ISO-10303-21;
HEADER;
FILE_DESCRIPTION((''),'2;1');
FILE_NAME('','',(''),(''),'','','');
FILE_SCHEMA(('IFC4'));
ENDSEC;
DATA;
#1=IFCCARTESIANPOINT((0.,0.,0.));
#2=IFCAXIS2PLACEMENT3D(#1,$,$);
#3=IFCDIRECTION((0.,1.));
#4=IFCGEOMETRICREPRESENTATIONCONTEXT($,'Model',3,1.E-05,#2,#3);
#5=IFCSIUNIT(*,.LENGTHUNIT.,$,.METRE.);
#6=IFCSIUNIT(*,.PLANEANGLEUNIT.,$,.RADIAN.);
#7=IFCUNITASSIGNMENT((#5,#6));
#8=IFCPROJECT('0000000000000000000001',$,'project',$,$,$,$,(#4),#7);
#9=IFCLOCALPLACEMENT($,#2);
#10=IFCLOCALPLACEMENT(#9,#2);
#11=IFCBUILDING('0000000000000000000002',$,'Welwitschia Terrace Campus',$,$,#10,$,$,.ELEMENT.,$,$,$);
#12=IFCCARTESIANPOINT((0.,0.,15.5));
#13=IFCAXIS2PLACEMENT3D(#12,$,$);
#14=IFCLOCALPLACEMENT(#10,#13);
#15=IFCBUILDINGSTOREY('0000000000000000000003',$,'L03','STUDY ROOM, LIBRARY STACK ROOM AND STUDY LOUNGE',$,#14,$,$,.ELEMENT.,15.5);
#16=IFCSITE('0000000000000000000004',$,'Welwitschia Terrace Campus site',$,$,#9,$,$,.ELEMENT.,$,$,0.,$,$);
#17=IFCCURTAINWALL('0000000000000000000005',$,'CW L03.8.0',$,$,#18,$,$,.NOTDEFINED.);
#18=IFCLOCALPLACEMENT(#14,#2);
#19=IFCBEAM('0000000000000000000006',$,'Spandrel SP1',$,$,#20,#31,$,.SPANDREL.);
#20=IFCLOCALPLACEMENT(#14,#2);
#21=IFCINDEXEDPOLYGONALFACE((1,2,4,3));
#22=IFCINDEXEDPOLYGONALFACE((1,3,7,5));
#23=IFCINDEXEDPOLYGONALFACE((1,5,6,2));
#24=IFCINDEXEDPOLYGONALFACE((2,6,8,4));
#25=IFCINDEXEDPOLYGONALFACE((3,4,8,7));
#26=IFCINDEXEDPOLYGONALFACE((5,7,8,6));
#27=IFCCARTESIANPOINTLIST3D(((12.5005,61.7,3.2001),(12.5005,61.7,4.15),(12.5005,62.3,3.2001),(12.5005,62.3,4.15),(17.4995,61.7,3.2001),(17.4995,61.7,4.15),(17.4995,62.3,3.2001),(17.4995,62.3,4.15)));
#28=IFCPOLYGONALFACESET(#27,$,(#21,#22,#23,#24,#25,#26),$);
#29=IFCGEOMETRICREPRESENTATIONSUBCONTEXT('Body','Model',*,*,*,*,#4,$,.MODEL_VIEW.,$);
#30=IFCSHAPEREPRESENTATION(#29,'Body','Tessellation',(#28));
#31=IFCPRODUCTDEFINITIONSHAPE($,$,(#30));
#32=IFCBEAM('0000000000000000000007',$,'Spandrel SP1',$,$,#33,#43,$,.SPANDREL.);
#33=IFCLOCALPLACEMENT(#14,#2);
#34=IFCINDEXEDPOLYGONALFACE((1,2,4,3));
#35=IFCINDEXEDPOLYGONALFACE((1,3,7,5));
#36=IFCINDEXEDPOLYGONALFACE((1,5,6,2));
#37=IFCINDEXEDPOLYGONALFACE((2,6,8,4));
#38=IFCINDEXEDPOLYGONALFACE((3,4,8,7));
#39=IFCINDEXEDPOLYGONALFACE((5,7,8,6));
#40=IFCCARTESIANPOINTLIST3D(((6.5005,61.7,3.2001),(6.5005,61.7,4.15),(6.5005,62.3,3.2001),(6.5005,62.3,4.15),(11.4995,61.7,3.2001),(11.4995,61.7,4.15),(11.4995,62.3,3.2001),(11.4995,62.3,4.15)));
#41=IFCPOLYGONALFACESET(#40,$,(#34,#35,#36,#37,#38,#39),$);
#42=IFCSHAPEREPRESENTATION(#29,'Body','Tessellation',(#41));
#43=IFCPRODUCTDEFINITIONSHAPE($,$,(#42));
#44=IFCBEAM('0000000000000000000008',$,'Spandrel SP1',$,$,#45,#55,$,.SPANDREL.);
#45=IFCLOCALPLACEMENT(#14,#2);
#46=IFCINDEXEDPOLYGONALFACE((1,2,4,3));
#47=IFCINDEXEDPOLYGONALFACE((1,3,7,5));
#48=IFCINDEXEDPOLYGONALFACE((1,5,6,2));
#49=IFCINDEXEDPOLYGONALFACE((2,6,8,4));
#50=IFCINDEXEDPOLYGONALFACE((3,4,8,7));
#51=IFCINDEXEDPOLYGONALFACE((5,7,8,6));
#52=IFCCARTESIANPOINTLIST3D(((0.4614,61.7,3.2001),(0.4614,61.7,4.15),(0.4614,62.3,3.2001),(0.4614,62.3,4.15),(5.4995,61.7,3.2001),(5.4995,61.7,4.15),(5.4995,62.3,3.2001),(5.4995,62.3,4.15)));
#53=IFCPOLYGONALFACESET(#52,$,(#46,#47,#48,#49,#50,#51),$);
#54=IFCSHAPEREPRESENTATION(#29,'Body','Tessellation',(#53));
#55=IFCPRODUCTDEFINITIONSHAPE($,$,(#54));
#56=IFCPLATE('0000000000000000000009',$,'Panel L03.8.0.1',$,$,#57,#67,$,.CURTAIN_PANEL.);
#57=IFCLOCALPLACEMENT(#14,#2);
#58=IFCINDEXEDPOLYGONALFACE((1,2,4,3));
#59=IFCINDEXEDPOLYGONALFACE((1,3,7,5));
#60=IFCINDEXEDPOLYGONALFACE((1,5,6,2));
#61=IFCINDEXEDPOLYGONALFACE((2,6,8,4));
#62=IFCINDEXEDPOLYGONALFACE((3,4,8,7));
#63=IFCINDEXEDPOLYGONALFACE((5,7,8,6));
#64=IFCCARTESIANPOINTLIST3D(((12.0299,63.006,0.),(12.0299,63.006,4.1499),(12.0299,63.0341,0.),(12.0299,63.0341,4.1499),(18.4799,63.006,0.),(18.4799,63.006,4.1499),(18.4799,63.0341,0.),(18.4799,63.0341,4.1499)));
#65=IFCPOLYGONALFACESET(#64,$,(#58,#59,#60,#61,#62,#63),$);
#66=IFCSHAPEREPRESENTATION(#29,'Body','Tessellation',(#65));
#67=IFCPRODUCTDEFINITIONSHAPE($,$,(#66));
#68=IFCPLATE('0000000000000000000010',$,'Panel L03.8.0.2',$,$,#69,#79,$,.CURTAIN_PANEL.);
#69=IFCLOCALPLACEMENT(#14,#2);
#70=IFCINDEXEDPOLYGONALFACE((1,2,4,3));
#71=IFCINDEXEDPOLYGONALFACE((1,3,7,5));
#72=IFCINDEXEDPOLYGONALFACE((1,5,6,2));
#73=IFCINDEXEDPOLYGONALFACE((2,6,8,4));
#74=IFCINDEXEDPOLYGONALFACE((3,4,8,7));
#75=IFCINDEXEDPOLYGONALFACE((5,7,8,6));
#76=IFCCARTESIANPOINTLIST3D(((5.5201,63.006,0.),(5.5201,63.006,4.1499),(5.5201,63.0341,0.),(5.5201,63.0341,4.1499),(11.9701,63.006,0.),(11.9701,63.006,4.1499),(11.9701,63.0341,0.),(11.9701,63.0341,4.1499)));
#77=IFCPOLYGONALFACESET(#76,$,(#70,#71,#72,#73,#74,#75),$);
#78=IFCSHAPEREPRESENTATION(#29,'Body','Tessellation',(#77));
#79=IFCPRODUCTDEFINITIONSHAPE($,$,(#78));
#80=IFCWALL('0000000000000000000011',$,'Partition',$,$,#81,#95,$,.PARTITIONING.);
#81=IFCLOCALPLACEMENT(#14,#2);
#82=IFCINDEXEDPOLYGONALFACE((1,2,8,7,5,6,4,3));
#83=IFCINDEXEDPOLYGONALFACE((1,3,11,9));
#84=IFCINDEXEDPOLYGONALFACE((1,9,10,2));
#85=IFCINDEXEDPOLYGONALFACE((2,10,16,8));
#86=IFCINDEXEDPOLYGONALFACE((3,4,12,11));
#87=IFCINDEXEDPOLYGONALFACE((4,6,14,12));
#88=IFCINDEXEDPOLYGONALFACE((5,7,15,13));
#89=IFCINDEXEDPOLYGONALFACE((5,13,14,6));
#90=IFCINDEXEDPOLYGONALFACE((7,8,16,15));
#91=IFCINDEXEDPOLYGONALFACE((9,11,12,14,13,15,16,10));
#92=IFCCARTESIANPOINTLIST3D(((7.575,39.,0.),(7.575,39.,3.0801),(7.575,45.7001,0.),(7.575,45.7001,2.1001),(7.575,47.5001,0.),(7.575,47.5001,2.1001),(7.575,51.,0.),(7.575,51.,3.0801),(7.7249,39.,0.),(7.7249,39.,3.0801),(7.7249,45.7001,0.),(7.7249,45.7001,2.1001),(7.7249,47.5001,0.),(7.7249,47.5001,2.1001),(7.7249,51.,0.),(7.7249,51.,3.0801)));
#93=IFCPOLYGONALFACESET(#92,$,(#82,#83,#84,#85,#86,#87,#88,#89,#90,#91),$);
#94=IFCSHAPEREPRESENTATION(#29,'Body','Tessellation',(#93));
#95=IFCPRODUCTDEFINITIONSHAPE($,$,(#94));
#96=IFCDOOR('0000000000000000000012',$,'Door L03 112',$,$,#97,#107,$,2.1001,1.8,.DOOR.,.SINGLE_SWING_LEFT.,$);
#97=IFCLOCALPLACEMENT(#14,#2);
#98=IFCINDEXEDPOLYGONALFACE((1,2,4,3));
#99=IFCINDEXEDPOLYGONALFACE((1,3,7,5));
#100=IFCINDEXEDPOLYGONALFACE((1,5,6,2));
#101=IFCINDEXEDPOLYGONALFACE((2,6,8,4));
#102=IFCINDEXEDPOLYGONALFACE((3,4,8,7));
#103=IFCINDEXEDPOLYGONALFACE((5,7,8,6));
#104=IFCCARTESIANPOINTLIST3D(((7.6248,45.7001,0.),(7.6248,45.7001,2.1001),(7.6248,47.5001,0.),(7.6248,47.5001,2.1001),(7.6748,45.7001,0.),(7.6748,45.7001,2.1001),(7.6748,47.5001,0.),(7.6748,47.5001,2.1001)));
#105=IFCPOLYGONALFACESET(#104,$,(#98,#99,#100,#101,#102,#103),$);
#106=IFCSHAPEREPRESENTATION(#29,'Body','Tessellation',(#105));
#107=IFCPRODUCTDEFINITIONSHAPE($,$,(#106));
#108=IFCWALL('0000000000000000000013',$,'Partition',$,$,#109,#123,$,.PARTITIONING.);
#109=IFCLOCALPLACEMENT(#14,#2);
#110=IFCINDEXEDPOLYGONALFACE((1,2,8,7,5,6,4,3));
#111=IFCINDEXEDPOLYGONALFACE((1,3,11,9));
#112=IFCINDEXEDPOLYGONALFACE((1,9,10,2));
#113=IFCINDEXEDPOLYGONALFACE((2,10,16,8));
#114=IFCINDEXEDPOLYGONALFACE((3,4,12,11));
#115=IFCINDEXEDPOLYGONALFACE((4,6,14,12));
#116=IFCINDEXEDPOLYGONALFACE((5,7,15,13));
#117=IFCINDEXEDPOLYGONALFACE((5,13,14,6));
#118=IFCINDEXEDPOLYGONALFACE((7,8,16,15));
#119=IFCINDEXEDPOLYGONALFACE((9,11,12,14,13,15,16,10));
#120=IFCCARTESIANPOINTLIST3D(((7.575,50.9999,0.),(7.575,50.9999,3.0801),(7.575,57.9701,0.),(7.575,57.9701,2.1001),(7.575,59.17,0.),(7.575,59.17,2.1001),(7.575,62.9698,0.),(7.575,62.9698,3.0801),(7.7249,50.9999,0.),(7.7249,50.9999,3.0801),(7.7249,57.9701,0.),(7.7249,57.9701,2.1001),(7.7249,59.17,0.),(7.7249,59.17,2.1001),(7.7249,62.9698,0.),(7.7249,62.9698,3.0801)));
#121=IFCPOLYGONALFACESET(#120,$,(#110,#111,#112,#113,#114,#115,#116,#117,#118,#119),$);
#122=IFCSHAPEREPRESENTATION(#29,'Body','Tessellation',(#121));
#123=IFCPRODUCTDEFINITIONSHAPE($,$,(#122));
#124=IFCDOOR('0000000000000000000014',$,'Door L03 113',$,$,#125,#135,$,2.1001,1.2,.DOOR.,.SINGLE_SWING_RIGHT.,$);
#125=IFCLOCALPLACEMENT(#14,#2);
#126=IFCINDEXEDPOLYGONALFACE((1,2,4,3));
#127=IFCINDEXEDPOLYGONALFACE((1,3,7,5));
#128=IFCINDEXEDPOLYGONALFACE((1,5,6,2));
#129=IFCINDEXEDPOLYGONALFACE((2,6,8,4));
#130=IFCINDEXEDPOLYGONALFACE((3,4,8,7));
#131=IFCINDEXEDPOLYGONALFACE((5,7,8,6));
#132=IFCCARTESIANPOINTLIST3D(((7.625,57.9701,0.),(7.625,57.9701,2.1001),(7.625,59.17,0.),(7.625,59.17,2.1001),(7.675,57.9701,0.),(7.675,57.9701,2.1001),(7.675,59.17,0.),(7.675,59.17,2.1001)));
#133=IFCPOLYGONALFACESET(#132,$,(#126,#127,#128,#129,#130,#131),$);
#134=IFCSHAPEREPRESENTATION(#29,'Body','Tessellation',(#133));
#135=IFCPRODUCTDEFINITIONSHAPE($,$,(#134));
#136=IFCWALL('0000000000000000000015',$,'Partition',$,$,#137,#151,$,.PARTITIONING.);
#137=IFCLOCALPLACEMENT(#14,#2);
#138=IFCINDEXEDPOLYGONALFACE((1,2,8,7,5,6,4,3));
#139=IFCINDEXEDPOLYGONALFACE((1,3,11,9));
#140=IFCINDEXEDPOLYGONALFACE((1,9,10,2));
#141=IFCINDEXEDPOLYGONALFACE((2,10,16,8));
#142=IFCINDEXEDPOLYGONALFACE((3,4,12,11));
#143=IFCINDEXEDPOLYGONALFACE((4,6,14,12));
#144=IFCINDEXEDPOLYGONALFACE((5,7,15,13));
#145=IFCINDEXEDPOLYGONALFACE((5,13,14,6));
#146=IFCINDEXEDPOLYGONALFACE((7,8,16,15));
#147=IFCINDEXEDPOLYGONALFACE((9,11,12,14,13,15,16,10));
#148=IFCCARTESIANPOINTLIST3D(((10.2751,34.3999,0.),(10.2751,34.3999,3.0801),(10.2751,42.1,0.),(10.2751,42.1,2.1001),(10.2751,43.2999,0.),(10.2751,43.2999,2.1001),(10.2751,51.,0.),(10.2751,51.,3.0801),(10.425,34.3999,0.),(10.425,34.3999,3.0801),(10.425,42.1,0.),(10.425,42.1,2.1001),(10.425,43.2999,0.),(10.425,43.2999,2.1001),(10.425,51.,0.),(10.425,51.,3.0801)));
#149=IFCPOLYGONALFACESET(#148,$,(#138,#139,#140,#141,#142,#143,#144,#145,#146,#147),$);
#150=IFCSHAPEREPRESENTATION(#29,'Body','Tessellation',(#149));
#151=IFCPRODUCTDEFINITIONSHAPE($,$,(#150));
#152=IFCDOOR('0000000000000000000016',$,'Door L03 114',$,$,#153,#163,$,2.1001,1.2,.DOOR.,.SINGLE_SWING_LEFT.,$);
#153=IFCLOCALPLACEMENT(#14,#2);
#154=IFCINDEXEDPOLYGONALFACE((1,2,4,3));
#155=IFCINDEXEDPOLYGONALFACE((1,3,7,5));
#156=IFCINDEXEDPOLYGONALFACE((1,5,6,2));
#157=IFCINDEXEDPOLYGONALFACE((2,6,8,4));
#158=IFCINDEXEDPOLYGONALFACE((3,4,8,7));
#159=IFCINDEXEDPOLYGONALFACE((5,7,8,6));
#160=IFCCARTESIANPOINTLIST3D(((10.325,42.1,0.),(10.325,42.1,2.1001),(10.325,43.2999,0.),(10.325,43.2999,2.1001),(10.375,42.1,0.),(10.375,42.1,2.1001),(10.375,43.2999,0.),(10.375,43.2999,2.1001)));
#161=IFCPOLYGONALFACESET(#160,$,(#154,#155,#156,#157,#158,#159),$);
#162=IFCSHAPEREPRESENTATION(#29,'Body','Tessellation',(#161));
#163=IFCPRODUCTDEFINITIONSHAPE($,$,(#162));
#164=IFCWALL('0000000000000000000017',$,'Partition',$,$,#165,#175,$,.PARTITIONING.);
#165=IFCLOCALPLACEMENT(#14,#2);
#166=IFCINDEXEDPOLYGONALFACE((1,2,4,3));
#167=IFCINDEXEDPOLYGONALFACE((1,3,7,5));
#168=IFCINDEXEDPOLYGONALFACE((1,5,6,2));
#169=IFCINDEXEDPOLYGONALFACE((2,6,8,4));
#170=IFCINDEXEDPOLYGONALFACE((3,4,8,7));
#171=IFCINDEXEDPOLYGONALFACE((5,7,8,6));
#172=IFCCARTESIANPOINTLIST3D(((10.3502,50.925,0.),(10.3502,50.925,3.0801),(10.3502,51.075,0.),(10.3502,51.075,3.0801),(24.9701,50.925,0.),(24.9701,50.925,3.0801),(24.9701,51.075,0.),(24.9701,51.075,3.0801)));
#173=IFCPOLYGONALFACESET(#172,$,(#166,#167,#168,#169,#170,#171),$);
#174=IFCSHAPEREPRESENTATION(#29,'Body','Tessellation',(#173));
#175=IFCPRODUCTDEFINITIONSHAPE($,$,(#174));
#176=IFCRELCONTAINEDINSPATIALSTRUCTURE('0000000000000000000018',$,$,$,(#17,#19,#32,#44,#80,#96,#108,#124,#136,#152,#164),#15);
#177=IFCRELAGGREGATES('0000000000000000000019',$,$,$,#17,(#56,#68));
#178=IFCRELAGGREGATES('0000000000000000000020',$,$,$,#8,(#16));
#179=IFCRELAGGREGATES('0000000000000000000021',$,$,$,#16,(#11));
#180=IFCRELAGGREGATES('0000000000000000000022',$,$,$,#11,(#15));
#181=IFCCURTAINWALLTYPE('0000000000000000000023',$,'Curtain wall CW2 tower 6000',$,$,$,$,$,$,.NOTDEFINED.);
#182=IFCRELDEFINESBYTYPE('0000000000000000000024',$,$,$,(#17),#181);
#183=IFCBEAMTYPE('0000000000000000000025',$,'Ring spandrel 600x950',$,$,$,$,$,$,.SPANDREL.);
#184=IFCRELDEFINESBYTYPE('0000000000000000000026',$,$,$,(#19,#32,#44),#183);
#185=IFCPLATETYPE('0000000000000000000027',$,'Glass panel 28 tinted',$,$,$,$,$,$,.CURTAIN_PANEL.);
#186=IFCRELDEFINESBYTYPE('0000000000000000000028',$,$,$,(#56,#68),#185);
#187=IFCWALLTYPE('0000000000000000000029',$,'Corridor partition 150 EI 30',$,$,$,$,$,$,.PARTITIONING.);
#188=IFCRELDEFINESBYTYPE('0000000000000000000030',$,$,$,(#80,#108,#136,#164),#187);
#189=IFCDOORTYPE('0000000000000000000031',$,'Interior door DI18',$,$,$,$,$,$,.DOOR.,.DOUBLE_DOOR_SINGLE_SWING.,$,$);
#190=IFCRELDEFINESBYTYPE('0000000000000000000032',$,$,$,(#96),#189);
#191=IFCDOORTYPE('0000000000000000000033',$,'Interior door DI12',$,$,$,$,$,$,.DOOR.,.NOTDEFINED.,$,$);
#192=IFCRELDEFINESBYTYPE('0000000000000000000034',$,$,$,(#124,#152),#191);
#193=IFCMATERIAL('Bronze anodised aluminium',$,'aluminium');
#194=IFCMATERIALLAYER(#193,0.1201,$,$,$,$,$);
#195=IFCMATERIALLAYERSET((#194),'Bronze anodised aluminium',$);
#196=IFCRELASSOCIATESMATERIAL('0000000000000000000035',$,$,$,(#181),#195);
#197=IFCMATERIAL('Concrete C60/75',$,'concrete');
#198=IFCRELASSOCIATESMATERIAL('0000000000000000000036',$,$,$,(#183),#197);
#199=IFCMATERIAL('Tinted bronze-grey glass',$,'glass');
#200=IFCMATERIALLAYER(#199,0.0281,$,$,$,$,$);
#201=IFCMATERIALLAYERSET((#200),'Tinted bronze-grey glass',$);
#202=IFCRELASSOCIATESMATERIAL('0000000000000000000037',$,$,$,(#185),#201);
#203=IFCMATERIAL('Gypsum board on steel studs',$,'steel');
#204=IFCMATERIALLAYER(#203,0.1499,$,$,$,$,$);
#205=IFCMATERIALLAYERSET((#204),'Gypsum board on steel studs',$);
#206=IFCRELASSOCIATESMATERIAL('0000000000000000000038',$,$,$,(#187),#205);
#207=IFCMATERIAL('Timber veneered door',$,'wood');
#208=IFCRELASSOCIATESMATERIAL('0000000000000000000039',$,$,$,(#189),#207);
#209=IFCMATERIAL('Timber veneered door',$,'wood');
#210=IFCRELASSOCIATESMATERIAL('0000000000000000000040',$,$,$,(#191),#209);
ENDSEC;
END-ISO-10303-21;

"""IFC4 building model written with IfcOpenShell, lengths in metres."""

from ifc_helpers import new_model, si_unit, direction, frame, frame_2d, origin, origin_2d, place, context, subcontext, project, spatial, rectangle, extrude, material, layer, layer_set, material_profile, profile_set, type_object, element, fill, aggregate, save


model = new_model("IFC4")

# Units and contexts
model_context = context("Model", 3, precision=1e-05, world=origin(), true_north=direction((0.0, 1.0)))
body_context = subcontext(model_context, "Body", "Model", "MODEL_VIEW")
ifc_project = project(units=[si_unit("LENGTHUNIT", "METRE"), si_unit("PLANEANGLEUNIT", "RADIAN")], contexts=[model_context])

# Site, building, storey
site_placement = place(None, origin())
site = spatial("IfcSite", under=ifc_project, at=site_placement, Name="Welwitschia Terrace Campus site", CompositionType="ELEMENT", RefElevation=0.0)
building_placement = place(site_placement, origin())
building = spatial("IfcBuilding", under=site, at=building_placement, Name="Welwitschia Terrace Campus", CompositionType="ELEMENT")
storey_placement = place(building_placement, frame((0.0, 0.0, 15.5)))
storey = spatial("IfcBuildingStorey", under=building, at=storey_placement, Name="L03", Description="STUDY ROOM, LIBRARY STACK ROOM AND STUDY LOUNGE", CompositionType="ELEMENT", Elevation=15.5)

# Curtain wall
ifc_material_1 = material(Name="Bronze anodised aluminium", Category="aluminium")
ifc_layer_1 = layer(ifc_material_1, 0.1201)
ifc_layer_set_1 = layer_set([ifc_layer_1], Name="Bronze anodised aluminium")
curtain_wall_type = type_object("IfcCurtainWallType", Name="Curtain wall CW2 tower 6000", PredefinedType="NOTDEFINED", material=ifc_layer_set_1)
curtain_wall_placement = place(storey_placement, origin())
curtain_wall = element("IfcCurtainWall", 1, at=curtain_wall_placement, inside=storey, type_object=curtain_wall_type, Name="CW L03.8.0", PredefinedType="NOTDEFINED")

# Beams
ifc_material_2 = material(Name="Concrete C60/75", Category="concrete")
ifc_material_profile_1 = material_profile(ifc_material_2, rectangle(XDim=0.6001, YDim=0.95, at=origin_2d()))
ifc_profile_set_1 = profile_set([ifc_material_profile_1], Name="Concrete C60/75")
beam_type_1 = type_object("IfcBeamType", Name="Ring spandrel 600x950", PredefinedType="SPANDREL", material=ifc_profile_set_1)
for number, where, z_axis, x_axis, name in (
    (2, (17.4995, 62.0, 3.675), (-1.0, 0.0, 0.0), (0.0, -1.0, 0.0), "Spandrel SP1"),
    (3, (11.4995, 62.0, 3.675), (-1.0, 0.0, 0.0), (0.0, -1.0, 0.0), "Spandrel SP1"),
):
    element("IfcBeam", number, at=place(storey_placement, frame(where, z_axis=z_axis, x_axis=x_axis)), inside=storey, type_object=beam_type_1, Name=name, PredefinedType="SPANDREL", context=body_context, shape_type="SweptSolid", body=[
        extrude(rectangle(XDim=0.6001, YDim=0.95, at=origin_2d()), origin(), (0.0, 0.0, 1.0), 4.999),
    ])
beam_1_placement = place(storey_placement, frame((5.4995, 62.0, 3.675), z_axis=(-1.0, 0.0, 0.0), x_axis=(0.0, -1.0, 0.0)))
element("IfcBeam", 4, at=beam_1_placement, inside=storey, type_object=beam_type_1, Name="Spandrel SP1", PredefinedType="SPANDREL", context=body_context, shape_type="SweptSolid", body=[
    extrude(rectangle(XDim=0.6001, YDim=0.95, at=origin_2d()), origin(), (0.0, 0.0, 1.0), 5.0381),
])

# Plates
ifc_material_3 = material(Name="Tinted bronze-grey glass", Category="glass")
ifc_layer_2 = layer(ifc_material_3, 0.0281)
ifc_layer_set_2 = layer_set([ifc_layer_2], Name="Tinted bronze-grey glass")
plate_type = type_object("IfcPlateType", Name="Glass panel 28 tinted", PredefinedType="CURTAIN_PANEL", material=ifc_layer_set_2)
plate_1_placement = place(storey_placement, frame((15.2549, 63.02, 0.0), z_axis=(0.0, 0.0, 1.0), x_axis=(-1.0, 0.0, 0.0)))
plate_1 = element("IfcPlate", 5, at=plate_1_placement, type_object=plate_type, Name="Panel L03.8.0.1", PredefinedType="CURTAIN_PANEL", context=body_context, shape_type="SweptSolid", body=[
    extrude(rectangle(XDim=6.45, YDim=0.0281, at=origin_2d()), origin(), (0.0, 0.0, 1.0), 4.1499),
])
plate_2_placement = place(storey_placement, frame((8.7451, 63.02, 0.0), z_axis=(0.0, 0.0, 1.0), x_axis=(-1.0, 0.0, 0.0)))
plate_2 = element("IfcPlate", 6, at=plate_2_placement, type_object=plate_type, Name="Panel L03.8.0.2", PredefinedType="CURTAIN_PANEL", context=body_context, shape_type="SweptSolid", body=[
    extrude(rectangle(XDim=6.45, YDim=0.0281, at=origin_2d()), origin(), (0.0, 0.0, 1.0), 4.1499),
])
aggregate(curtain_wall, [plate_1, plate_2])

# Walls, openings, doors
ifc_material_4 = material(Name="Gypsum board on steel studs", Category="steel")
ifc_layer_3 = layer(ifc_material_4, 0.1499)
ifc_layer_set_3 = layer_set([ifc_layer_3], Name="Gypsum board on steel studs")
wall_type = type_object("IfcWallType", Name="Corridor partition 150 EI 30", PredefinedType="PARTITIONING", material=ifc_layer_set_3)
wall_1_placement = place(storey_placement, frame((7.6499, 51.0, 0.0), z_axis=(0.0, 0.0, 1.0), x_axis=(0.0, -1.0, 0.0)))
wall_1 = element("IfcWall", 7, at=wall_1_placement, inside=storey, type_object=wall_type, Name="Partition", PredefinedType="PARTITIONING", context=body_context, shape_type="SweptSolid", body=[
    extrude(rectangle(XDim=12.0, YDim=0.1499, at=frame_2d((6.0, 0.0))), origin(), (0.0, 0.0, 1.0), 3.0801),
])
opening_1_placement = place(wall_1_placement, frame((3.5, 0.0, 0.0)))
opening_1 = element("IfcOpeningElement", 8, at=opening_1_placement, cuts=wall_1, PredefinedType="OPENING", context=body_context, shape_type="SweptSolid", body=[
    extrude(rectangle(XDim=1.8, YDim=2.1001, at=frame_2d((0.8999, 1.05))), frame((0.0, 0.085, 0.0), z_axis=(0.0, -1.0, 0.0), x_axis=(1.0, 0.0, 0.0)), (0.0, 0.0, 1.0), 0.1699),
])
ifc_material_5 = material(Name="Timber veneered door", Category="wood")
door_type_1 = type_object("IfcDoorType", Name="Interior door DI18", OperationType="DOUBLE_DOOR_SINGLE_SWING", PredefinedType="DOOR", material=ifc_material_5)
door_1_placement = place(opening_1_placement, origin())
door_1 = element("IfcDoor", 9, at=door_1_placement, inside=storey, type_object=door_type_1, Name="Door L03 112", OperationType="SINGLE_SWING_LEFT", OverallHeight=2.1001, OverallWidth=1.8, PredefinedType="DOOR", context=body_context, shape_type="SweptSolid", body=[
    extrude(rectangle(XDim=1.8, YDim=2.1001, at=frame_2d((0.8999, 1.05))), frame((0.0, 0.0249, 0.0), z_axis=(0.0, -1.0, 0.0), x_axis=(1.0, 0.0, 0.0)), (0.0, 0.0, 1.0), 0.05),
])
fill(opening_1, door_1)
wall_2_placement = place(storey_placement, frame((7.6499, 51.0, 0.0), z_axis=(0.0, 0.0, 1.0), x_axis=(0.0, 1.0, 0.0)))
wall_2 = element("IfcWall", 10, at=wall_2_placement, inside=storey, type_object=wall_type, Name="Partition", PredefinedType="PARTITIONING", context=body_context, shape_type="SweptSolid", body=[
    extrude(rectangle(XDim=11.97, YDim=0.1499, at=frame_2d((5.9849, 0.0))), origin(), (0.0, 0.0, 1.0), 3.0801),
])
opening_2_placement = place(wall_2_placement, frame((6.97, 0.0, 0.0)))
opening_2 = element("IfcOpeningElement", 11, at=opening_2_placement, cuts=wall_2, PredefinedType="OPENING", context=body_context, shape_type="SweptSolid", body=[
    extrude(rectangle(XDim=1.2, YDim=2.1001, at=frame_2d((0.6001, 1.05))), frame((0.0, 0.085, 0.0), z_axis=(0.0, -1.0, 0.0), x_axis=(1.0, 0.0, 0.0)), (0.0, 0.0, 1.0), 0.1699),
])
ifc_material_6 = material(Name="Timber veneered door", Category="wood")
door_type_2 = type_object("IfcDoorType", Name="Interior door DI12", OperationType="NOTDEFINED", PredefinedType="DOOR", material=ifc_material_6)
door_2_placement = place(opening_2_placement, origin())
door_2 = element("IfcDoor", 12, at=door_2_placement, inside=storey, type_object=door_type_2, Name="Door L03 113", OperationType="SINGLE_SWING_RIGHT", OverallHeight=2.1001, OverallWidth=1.2, PredefinedType="DOOR", context=body_context, shape_type="SweptSolid", body=[
    extrude(rectangle(XDim=1.2, YDim=2.1001, at=frame_2d((0.6001, 1.05))), frame((0.0, 0.0249, 0.0), z_axis=(0.0, -1.0, 0.0), x_axis=(1.0, 0.0, 0.0)), (0.0, 0.0, 1.0), 0.05),
])
fill(opening_2, door_2)
wall_3_placement = place(storey_placement, frame((10.3501, 51.0, 0.0), z_axis=(0.0, 0.0, 1.0), x_axis=(0.0, -1.0, 0.0)))
wall_3 = element("IfcWall", 13, at=wall_3_placement, inside=storey, type_object=wall_type, Name="Partition", PredefinedType="PARTITIONING", context=body_context, shape_type="SweptSolid", body=[
    extrude(rectangle(XDim=16.6001, YDim=0.1499, at=frame_2d((8.3, 0.0))), origin(), (0.0, 0.0, 1.0), 3.0801),
])
opening_3_placement = place(wall_3_placement, frame((7.7, 0.0, 0.0)))
opening_3 = element("IfcOpeningElement", 14, at=opening_3_placement, cuts=wall_3, PredefinedType="OPENING", context=body_context, shape_type="SweptSolid", body=[
    extrude(rectangle(XDim=1.2, YDim=2.1001, at=frame_2d((0.6001, 1.05))), frame((0.0, 0.085, 0.0), z_axis=(0.0, -1.0, 0.0), x_axis=(1.0, 0.0, 0.0)), (0.0, 0.0, 1.0), 0.1699),
])
door_3_placement = place(opening_3_placement, origin())
door_3 = element("IfcDoor", 15, at=door_3_placement, inside=storey, type_object=door_type_2, Name="Door L03 114", OperationType="SINGLE_SWING_LEFT", OverallHeight=2.1001, OverallWidth=1.2, PredefinedType="DOOR", context=body_context, shape_type="SweptSolid", body=[
    extrude(rectangle(XDim=1.2, YDim=2.1001, at=frame_2d((0.6001, 1.05))), frame((0.0, 0.0249, 0.0), z_axis=(0.0, -1.0, 0.0), x_axis=(1.0, 0.0, 0.0)), (0.0, 0.0, 1.0), 0.05),
])
fill(opening_3, door_3)

# Wall
wall_4_placement = place(storey_placement, frame((10.3501, 51.0, 0.0), z_axis=(0.0, 0.0, 1.0), x_axis=(1.0, 0.0, 0.0)))
element("IfcWall", 16, at=wall_4_placement, inside=storey, type_object=wall_type, Name="Partition", PredefinedType="PARTITIONING", context=body_context, shape_type="SweptSolid", body=[
    extrude(rectangle(XDim=14.6199, YDim=0.1499, at=frame_2d((7.3101, 0.0))), origin(), (0.0, 0.0, 1.0), 3.0801),
])

save(model, "model.ifc")
